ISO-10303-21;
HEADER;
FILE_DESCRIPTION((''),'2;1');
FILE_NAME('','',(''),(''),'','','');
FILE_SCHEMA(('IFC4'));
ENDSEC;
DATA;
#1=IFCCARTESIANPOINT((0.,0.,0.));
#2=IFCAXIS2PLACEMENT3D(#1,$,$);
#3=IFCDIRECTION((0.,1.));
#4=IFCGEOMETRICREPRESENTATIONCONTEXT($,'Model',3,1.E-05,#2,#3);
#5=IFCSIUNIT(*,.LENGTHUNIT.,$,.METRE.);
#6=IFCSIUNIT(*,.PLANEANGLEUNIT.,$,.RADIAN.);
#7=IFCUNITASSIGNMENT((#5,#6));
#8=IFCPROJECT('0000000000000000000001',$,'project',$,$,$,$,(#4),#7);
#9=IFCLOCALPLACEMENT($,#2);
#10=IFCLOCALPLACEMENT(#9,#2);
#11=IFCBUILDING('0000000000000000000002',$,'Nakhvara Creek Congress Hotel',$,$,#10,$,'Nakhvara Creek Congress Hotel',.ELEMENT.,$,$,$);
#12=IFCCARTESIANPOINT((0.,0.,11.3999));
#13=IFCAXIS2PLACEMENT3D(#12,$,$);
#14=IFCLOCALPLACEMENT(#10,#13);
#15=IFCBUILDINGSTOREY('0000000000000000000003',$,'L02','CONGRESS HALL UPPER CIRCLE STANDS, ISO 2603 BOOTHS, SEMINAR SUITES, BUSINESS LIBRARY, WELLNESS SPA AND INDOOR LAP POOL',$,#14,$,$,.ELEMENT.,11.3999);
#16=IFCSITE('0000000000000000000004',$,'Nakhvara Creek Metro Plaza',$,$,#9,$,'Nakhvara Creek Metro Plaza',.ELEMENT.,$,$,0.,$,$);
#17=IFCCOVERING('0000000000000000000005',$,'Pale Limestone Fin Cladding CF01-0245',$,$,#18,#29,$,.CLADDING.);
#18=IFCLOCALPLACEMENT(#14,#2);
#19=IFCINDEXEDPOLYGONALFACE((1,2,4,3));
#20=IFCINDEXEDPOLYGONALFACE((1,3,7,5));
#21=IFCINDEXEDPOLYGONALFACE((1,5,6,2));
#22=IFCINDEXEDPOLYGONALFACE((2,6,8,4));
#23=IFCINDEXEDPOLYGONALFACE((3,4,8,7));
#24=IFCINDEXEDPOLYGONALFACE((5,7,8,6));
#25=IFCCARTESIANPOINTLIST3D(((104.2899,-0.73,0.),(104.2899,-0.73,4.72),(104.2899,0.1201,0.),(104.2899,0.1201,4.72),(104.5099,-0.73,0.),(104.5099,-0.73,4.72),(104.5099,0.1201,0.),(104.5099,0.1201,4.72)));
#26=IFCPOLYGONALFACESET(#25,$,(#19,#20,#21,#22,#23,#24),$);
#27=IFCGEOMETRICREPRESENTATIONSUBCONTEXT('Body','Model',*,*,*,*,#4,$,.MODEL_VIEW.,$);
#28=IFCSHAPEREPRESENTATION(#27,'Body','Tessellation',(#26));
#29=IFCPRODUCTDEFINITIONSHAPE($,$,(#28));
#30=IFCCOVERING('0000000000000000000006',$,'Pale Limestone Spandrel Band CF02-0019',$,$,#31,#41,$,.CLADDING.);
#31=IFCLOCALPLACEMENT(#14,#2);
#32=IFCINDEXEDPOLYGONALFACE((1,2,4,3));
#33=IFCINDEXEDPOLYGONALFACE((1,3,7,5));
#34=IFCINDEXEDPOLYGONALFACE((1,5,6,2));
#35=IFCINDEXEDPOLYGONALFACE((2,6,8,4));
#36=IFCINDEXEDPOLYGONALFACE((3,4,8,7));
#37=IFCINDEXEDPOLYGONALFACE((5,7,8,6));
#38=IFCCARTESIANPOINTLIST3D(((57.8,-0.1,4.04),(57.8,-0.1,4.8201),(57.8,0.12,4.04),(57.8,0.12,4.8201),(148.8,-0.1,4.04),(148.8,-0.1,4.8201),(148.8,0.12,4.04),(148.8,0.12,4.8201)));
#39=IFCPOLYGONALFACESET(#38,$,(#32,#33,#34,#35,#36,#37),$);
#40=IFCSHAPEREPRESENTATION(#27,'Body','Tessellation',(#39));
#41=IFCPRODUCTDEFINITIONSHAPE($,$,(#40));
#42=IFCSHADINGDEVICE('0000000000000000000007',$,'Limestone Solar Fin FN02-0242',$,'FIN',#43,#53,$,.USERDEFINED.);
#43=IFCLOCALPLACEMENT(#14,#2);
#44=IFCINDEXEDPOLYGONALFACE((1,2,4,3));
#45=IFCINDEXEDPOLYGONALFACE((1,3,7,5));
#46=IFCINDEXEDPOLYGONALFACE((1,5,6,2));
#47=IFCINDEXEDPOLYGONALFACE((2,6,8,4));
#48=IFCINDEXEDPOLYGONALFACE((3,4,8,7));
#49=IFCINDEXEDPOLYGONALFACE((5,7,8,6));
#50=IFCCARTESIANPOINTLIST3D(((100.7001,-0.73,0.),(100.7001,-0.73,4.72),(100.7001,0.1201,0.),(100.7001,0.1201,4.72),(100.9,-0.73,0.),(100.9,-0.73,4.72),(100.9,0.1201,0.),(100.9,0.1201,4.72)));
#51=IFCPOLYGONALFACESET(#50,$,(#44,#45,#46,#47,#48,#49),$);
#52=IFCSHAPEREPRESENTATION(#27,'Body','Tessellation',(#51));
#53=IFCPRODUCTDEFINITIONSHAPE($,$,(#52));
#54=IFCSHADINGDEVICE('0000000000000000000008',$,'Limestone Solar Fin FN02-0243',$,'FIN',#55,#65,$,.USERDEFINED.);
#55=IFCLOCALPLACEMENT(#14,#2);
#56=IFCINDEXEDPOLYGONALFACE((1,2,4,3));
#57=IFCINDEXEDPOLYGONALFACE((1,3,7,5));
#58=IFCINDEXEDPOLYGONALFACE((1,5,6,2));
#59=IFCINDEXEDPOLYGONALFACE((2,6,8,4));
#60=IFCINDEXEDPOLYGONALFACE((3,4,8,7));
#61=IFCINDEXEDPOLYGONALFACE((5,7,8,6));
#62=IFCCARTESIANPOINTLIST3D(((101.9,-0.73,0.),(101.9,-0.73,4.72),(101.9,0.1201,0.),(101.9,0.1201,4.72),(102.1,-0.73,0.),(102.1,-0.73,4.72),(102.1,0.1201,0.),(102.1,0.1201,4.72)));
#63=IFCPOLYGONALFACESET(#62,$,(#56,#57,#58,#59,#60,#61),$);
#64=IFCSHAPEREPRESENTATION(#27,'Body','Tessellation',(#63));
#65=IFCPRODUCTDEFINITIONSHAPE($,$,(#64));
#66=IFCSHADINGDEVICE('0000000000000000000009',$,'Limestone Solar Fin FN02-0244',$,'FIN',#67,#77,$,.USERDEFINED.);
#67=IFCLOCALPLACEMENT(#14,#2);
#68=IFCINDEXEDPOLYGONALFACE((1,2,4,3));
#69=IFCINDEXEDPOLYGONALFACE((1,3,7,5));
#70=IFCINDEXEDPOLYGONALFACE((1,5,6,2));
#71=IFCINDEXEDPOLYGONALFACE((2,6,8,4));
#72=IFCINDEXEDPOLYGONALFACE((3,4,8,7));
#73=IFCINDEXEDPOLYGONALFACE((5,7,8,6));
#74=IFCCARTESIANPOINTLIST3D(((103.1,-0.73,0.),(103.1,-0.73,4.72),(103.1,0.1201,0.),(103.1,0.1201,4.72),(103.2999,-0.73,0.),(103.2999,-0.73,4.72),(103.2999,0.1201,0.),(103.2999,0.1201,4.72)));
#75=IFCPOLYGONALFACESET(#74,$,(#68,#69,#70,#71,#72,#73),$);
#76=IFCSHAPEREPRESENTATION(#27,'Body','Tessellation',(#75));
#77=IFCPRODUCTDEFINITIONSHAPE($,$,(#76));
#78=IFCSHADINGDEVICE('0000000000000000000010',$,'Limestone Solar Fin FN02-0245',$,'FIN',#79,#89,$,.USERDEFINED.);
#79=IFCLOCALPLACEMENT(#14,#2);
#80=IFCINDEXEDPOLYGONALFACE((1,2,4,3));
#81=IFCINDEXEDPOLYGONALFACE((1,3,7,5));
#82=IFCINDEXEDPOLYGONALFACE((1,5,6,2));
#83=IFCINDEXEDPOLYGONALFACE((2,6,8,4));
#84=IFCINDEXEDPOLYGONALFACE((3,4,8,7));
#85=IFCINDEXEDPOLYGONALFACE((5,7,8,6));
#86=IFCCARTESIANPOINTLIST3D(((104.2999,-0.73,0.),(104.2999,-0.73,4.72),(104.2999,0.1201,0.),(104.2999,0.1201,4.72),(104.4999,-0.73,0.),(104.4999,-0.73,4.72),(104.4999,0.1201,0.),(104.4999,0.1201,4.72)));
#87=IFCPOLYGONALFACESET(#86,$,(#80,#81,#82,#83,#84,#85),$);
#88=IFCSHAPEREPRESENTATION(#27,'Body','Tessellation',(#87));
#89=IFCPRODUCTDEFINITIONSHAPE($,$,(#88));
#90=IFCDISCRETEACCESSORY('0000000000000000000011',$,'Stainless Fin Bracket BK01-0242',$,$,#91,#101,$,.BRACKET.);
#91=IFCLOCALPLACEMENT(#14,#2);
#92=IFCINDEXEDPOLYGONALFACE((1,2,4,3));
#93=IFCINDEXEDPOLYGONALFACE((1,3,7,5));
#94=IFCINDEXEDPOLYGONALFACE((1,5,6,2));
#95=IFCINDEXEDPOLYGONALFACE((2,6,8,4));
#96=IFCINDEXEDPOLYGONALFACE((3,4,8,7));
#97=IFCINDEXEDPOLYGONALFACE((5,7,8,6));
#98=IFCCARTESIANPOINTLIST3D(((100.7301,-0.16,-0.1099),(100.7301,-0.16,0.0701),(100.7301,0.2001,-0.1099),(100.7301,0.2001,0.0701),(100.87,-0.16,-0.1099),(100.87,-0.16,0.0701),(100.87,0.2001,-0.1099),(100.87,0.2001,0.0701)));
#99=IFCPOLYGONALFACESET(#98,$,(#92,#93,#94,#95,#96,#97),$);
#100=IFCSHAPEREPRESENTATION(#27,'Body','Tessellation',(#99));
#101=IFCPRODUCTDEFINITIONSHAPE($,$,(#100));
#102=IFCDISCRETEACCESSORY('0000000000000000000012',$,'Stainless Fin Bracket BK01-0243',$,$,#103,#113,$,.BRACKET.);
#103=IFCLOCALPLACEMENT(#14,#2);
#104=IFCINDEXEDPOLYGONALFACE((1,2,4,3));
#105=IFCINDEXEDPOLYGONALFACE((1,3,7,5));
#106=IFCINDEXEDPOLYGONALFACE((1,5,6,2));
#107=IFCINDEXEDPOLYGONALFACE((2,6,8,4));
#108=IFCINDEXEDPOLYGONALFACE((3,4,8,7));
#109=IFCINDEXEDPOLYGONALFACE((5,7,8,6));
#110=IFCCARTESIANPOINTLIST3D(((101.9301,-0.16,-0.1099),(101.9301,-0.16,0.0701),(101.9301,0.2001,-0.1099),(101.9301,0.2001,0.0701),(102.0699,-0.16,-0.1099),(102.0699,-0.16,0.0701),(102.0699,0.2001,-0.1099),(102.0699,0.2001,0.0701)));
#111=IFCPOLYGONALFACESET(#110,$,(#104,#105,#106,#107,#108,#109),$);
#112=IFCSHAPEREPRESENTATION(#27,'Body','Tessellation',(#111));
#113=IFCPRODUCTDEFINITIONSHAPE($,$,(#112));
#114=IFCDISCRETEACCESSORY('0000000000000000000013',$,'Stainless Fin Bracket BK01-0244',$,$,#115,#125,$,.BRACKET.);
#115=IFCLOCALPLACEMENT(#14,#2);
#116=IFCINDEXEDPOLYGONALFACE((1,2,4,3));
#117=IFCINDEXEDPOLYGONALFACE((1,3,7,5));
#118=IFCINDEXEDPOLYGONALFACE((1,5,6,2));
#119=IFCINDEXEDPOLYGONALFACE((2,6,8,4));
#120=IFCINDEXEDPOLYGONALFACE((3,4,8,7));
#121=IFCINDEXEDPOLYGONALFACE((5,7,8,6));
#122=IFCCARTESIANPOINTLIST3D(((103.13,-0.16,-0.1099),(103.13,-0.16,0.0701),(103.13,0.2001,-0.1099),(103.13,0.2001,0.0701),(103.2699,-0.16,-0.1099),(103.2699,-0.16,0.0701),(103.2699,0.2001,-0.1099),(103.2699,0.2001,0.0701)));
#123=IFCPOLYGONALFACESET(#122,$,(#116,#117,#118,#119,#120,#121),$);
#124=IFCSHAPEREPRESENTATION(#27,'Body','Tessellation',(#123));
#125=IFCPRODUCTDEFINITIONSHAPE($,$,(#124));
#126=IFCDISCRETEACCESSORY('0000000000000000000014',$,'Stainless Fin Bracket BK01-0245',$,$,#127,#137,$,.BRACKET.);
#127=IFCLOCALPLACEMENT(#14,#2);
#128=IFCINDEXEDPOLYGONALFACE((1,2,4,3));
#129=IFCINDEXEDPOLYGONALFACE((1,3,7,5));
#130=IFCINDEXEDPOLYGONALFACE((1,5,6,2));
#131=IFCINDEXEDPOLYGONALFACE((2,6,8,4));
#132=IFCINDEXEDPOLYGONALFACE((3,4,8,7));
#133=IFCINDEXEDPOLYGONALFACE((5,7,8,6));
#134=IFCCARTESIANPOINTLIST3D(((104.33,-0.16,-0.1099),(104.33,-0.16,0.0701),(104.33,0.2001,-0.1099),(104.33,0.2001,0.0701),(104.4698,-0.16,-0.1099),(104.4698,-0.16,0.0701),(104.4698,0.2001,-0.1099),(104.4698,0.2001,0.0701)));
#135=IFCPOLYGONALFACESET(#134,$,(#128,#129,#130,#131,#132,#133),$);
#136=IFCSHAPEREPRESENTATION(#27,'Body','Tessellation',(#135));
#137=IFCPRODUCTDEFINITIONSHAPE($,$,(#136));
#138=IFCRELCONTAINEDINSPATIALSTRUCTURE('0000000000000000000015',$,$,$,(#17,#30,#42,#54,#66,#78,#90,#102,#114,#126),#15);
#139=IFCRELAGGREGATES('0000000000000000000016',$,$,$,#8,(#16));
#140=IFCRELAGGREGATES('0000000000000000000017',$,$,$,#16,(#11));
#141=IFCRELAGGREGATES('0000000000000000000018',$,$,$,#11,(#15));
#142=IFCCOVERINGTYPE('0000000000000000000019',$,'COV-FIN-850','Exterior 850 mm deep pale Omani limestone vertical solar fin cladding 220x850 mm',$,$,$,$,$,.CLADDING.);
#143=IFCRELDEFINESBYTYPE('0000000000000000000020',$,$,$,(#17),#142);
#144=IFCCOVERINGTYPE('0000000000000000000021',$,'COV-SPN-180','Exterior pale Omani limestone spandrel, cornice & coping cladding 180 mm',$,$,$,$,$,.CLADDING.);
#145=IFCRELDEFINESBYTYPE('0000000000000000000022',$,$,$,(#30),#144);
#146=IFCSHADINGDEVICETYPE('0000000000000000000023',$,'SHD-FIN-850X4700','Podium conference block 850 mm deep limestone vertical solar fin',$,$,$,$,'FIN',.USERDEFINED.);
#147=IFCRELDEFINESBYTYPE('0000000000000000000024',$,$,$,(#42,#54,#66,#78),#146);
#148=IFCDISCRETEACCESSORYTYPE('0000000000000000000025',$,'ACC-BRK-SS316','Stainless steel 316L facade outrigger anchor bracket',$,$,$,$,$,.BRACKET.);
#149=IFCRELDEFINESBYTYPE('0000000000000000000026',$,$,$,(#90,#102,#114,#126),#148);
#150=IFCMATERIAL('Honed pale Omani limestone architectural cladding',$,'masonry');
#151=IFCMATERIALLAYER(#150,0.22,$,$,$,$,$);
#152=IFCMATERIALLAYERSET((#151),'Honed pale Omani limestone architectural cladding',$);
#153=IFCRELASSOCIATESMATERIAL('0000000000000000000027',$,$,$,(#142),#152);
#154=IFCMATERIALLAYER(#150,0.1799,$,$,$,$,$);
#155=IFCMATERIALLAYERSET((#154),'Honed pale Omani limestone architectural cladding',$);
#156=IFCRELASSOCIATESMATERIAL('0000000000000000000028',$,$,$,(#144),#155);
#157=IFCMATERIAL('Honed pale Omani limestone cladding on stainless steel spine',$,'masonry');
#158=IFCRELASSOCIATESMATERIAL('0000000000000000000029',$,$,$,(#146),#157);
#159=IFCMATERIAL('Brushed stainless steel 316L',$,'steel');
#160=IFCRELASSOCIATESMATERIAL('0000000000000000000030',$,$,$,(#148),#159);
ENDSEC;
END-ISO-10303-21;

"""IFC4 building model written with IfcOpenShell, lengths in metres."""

from ifc_helpers import new_model, si_unit, direction, frame, origin, origin_2d, place, context, subcontext, project, spatial, rectangle, extrude, material, layer, layer_set, type_object, element, save


model = new_model("IFC4")

# Units and contexts
model_context = context("Model", 3, precision=1e-05, world=origin(), true_north=direction((0.0, 1.0)))
body_context = subcontext(model_context, "Body", "Model", "MODEL_VIEW")
ifc_project = project(units=[si_unit("LENGTHUNIT", "METRE"), si_unit("PLANEANGLEUNIT", "RADIAN")], contexts=[model_context])

# Site, building, storey
site_placement = place(None, origin())
site = spatial("IfcSite", under=ifc_project, at=site_placement, Name="Nakhvara Creek Metro Plaza", LongName="Nakhvara Creek Metro Plaza", CompositionType="ELEMENT", RefElevation=0.0)
building_placement = place(site_placement, origin())
building = spatial("IfcBuilding", under=site, at=building_placement, Name="Nakhvara Creek Congress Hotel", LongName="Nakhvara Creek Congress Hotel", CompositionType="ELEMENT")
storey_placement = place(building_placement, frame((0.0, 0.0, 11.3999)))
storey = spatial("IfcBuildingStorey", under=building, at=storey_placement, Name="L02", Description="CONGRESS HALL UPPER CIRCLE STANDS, ISO 2603 BOOTHS, SEMINAR SUITES, BUSINESS LIBRARY, WELLNESS SPA AND INDOOR LAP POOL", CompositionType="ELEMENT", Elevation=11.3999)

# Coverings
ifc_material_1 = material(Name="Honed pale Omani limestone architectural cladding", Category="masonry")
ifc_layer_1 = layer(ifc_material_1, 0.22)
ifc_layer_set_1 = layer_set([ifc_layer_1], Name="Honed pale Omani limestone architectural cladding")
covering_type_1 = type_object("IfcCoveringType", Name="COV-FIN-850", Description="Exterior 850 mm deep pale Omani limestone vertical solar fin cladding 220x850 mm", PredefinedType="CLADDING", material=ifc_layer_set_1)
for number, where, z_axis, x_axis, name in (
    (1, (104.3999, -0.3049, 0.0), (0.0, 0.0, 1.0), (1.0, 0.0, 0.0), "Pale Limestone Fin Cladding CF01-0245"),
):
    element("IfcCovering", number, at=place(storey_placement, frame(where, z_axis=z_axis, x_axis=x_axis)), inside=storey, type_object=covering_type_1, Name=name, PredefinedType="CLADDING", context=body_context, shape_type="SweptSolid", body=[
        extrude(rectangle(XDim=0.22, YDim=0.8501, at=origin_2d()), origin(), (0.0, 0.0, 1.0), 4.72),
    ])
ifc_layer_2 = layer(ifc_material_1, 0.1799)
ifc_layer_set_2 = layer_set([ifc_layer_2], Name="Honed pale Omani limestone architectural cladding")
covering_type_2 = type_object("IfcCoveringType", Name="COV-SPN-180", Description="Exterior pale Omani limestone spandrel, cornice & coping cladding 180 mm", PredefinedType="CLADDING", material=ifc_layer_set_2)
covering_placement = place(storey_placement, frame((103.3, 0.01, 4.04), z_axis=(0.0, 0.0, 1.0), x_axis=(1.0, 0.0, 0.0)))
element("IfcCovering", 2, at=covering_placement, inside=storey, type_object=covering_type_2, Name="Pale Limestone Spandrel Band CF02-0019", PredefinedType="CLADDING", context=body_context, shape_type="SweptSolid", body=[
    extrude(rectangle(XDim=91.0, YDim=0.22, at=origin_2d()), origin(), (0.0, 0.0, 1.0), 0.78),
])

# Shading devices
ifc_material_2 = material(Name="Honed pale Omani limestone cladding on stainless steel spine", Category="masonry")
shading_device_type = type_object("IfcShadingDeviceType", Name="SHD-FIN-850X4700", Description="Podium conference block 850 mm deep limestone vertical solar fin", ElementType="FIN", PredefinedType="USERDEFINED", material=ifc_material_2)
for number, where, z_axis, x_axis, name in (
    (3, (100.8, -0.3049, 0.0), (0.0, 0.0, 1.0), (1.0, 0.0, 0.0), "Limestone Solar Fin FN02-0242"),
    (4, (102.0, -0.3049, 0.0), (0.0, 0.0, 1.0), (1.0, 0.0, 0.0), "Limestone Solar Fin FN02-0243"),
    (5, (103.2, -0.3049, 0.0), (0.0, 0.0, 1.0), (1.0, 0.0, 0.0), "Limestone Solar Fin FN02-0244"),
    (6, (104.3999, -0.3049, 0.0), (0.0, 0.0, 1.0), (1.0, 0.0, 0.0), "Limestone Solar Fin FN02-0245"),
):
    element("IfcShadingDevice", number, at=place(storey_placement, frame(where, z_axis=z_axis, x_axis=x_axis)), inside=storey, type_object=shading_device_type, Name=name, ObjectType="FIN", PredefinedType="USERDEFINED", context=body_context, shape_type="SweptSolid", body=[
        extrude(rectangle(XDim=0.2, YDim=0.8501, at=origin_2d()), origin(), (0.0, 0.0, 1.0), 4.72),
    ])

# Discrete accessories
ifc_material_3 = material(Name="Brushed stainless steel 316L", Category="steel")
discrete_accessory_type = type_object("IfcDiscreteAccessoryType", Name="ACC-BRK-SS316", Description="Stainless steel 316L facade outrigger anchor bracket", PredefinedType="BRACKET", material=ifc_material_3)
for number, where, z_axis, x_axis, name in (
    (7, (100.8, 0.02, -0.1099), (0.0, 0.0, 1.0), (1.0, 0.0, 0.0), "Stainless Fin Bracket BK01-0242"),
    (8, (102.0, 0.02, -0.1099), (0.0, 0.0, 1.0), (1.0, 0.0, 0.0), "Stainless Fin Bracket BK01-0243"),
    (9, (103.2, 0.02, -0.1099), (0.0, 0.0, 1.0), (1.0, 0.0, 0.0), "Stainless Fin Bracket BK01-0244"),
    (10, (104.3999, 0.02, -0.1099), (0.0, 0.0, 1.0), (1.0, 0.0, 0.0), "Stainless Fin Bracket BK01-0245"),
):
    element("IfcDiscreteAccessory", number, at=place(storey_placement, frame(where, z_axis=z_axis, x_axis=x_axis)), inside=storey, type_object=discrete_accessory_type, Name=name, PredefinedType="BRACKET", context=body_context, shape_type="SweptSolid", body=[
        extrude(rectangle(XDim=0.1399, YDim=0.3601, at=origin_2d()), origin(), (0.0, 0.0, 1.0), 0.1799),
    ])

save(model, "model.ifc")
